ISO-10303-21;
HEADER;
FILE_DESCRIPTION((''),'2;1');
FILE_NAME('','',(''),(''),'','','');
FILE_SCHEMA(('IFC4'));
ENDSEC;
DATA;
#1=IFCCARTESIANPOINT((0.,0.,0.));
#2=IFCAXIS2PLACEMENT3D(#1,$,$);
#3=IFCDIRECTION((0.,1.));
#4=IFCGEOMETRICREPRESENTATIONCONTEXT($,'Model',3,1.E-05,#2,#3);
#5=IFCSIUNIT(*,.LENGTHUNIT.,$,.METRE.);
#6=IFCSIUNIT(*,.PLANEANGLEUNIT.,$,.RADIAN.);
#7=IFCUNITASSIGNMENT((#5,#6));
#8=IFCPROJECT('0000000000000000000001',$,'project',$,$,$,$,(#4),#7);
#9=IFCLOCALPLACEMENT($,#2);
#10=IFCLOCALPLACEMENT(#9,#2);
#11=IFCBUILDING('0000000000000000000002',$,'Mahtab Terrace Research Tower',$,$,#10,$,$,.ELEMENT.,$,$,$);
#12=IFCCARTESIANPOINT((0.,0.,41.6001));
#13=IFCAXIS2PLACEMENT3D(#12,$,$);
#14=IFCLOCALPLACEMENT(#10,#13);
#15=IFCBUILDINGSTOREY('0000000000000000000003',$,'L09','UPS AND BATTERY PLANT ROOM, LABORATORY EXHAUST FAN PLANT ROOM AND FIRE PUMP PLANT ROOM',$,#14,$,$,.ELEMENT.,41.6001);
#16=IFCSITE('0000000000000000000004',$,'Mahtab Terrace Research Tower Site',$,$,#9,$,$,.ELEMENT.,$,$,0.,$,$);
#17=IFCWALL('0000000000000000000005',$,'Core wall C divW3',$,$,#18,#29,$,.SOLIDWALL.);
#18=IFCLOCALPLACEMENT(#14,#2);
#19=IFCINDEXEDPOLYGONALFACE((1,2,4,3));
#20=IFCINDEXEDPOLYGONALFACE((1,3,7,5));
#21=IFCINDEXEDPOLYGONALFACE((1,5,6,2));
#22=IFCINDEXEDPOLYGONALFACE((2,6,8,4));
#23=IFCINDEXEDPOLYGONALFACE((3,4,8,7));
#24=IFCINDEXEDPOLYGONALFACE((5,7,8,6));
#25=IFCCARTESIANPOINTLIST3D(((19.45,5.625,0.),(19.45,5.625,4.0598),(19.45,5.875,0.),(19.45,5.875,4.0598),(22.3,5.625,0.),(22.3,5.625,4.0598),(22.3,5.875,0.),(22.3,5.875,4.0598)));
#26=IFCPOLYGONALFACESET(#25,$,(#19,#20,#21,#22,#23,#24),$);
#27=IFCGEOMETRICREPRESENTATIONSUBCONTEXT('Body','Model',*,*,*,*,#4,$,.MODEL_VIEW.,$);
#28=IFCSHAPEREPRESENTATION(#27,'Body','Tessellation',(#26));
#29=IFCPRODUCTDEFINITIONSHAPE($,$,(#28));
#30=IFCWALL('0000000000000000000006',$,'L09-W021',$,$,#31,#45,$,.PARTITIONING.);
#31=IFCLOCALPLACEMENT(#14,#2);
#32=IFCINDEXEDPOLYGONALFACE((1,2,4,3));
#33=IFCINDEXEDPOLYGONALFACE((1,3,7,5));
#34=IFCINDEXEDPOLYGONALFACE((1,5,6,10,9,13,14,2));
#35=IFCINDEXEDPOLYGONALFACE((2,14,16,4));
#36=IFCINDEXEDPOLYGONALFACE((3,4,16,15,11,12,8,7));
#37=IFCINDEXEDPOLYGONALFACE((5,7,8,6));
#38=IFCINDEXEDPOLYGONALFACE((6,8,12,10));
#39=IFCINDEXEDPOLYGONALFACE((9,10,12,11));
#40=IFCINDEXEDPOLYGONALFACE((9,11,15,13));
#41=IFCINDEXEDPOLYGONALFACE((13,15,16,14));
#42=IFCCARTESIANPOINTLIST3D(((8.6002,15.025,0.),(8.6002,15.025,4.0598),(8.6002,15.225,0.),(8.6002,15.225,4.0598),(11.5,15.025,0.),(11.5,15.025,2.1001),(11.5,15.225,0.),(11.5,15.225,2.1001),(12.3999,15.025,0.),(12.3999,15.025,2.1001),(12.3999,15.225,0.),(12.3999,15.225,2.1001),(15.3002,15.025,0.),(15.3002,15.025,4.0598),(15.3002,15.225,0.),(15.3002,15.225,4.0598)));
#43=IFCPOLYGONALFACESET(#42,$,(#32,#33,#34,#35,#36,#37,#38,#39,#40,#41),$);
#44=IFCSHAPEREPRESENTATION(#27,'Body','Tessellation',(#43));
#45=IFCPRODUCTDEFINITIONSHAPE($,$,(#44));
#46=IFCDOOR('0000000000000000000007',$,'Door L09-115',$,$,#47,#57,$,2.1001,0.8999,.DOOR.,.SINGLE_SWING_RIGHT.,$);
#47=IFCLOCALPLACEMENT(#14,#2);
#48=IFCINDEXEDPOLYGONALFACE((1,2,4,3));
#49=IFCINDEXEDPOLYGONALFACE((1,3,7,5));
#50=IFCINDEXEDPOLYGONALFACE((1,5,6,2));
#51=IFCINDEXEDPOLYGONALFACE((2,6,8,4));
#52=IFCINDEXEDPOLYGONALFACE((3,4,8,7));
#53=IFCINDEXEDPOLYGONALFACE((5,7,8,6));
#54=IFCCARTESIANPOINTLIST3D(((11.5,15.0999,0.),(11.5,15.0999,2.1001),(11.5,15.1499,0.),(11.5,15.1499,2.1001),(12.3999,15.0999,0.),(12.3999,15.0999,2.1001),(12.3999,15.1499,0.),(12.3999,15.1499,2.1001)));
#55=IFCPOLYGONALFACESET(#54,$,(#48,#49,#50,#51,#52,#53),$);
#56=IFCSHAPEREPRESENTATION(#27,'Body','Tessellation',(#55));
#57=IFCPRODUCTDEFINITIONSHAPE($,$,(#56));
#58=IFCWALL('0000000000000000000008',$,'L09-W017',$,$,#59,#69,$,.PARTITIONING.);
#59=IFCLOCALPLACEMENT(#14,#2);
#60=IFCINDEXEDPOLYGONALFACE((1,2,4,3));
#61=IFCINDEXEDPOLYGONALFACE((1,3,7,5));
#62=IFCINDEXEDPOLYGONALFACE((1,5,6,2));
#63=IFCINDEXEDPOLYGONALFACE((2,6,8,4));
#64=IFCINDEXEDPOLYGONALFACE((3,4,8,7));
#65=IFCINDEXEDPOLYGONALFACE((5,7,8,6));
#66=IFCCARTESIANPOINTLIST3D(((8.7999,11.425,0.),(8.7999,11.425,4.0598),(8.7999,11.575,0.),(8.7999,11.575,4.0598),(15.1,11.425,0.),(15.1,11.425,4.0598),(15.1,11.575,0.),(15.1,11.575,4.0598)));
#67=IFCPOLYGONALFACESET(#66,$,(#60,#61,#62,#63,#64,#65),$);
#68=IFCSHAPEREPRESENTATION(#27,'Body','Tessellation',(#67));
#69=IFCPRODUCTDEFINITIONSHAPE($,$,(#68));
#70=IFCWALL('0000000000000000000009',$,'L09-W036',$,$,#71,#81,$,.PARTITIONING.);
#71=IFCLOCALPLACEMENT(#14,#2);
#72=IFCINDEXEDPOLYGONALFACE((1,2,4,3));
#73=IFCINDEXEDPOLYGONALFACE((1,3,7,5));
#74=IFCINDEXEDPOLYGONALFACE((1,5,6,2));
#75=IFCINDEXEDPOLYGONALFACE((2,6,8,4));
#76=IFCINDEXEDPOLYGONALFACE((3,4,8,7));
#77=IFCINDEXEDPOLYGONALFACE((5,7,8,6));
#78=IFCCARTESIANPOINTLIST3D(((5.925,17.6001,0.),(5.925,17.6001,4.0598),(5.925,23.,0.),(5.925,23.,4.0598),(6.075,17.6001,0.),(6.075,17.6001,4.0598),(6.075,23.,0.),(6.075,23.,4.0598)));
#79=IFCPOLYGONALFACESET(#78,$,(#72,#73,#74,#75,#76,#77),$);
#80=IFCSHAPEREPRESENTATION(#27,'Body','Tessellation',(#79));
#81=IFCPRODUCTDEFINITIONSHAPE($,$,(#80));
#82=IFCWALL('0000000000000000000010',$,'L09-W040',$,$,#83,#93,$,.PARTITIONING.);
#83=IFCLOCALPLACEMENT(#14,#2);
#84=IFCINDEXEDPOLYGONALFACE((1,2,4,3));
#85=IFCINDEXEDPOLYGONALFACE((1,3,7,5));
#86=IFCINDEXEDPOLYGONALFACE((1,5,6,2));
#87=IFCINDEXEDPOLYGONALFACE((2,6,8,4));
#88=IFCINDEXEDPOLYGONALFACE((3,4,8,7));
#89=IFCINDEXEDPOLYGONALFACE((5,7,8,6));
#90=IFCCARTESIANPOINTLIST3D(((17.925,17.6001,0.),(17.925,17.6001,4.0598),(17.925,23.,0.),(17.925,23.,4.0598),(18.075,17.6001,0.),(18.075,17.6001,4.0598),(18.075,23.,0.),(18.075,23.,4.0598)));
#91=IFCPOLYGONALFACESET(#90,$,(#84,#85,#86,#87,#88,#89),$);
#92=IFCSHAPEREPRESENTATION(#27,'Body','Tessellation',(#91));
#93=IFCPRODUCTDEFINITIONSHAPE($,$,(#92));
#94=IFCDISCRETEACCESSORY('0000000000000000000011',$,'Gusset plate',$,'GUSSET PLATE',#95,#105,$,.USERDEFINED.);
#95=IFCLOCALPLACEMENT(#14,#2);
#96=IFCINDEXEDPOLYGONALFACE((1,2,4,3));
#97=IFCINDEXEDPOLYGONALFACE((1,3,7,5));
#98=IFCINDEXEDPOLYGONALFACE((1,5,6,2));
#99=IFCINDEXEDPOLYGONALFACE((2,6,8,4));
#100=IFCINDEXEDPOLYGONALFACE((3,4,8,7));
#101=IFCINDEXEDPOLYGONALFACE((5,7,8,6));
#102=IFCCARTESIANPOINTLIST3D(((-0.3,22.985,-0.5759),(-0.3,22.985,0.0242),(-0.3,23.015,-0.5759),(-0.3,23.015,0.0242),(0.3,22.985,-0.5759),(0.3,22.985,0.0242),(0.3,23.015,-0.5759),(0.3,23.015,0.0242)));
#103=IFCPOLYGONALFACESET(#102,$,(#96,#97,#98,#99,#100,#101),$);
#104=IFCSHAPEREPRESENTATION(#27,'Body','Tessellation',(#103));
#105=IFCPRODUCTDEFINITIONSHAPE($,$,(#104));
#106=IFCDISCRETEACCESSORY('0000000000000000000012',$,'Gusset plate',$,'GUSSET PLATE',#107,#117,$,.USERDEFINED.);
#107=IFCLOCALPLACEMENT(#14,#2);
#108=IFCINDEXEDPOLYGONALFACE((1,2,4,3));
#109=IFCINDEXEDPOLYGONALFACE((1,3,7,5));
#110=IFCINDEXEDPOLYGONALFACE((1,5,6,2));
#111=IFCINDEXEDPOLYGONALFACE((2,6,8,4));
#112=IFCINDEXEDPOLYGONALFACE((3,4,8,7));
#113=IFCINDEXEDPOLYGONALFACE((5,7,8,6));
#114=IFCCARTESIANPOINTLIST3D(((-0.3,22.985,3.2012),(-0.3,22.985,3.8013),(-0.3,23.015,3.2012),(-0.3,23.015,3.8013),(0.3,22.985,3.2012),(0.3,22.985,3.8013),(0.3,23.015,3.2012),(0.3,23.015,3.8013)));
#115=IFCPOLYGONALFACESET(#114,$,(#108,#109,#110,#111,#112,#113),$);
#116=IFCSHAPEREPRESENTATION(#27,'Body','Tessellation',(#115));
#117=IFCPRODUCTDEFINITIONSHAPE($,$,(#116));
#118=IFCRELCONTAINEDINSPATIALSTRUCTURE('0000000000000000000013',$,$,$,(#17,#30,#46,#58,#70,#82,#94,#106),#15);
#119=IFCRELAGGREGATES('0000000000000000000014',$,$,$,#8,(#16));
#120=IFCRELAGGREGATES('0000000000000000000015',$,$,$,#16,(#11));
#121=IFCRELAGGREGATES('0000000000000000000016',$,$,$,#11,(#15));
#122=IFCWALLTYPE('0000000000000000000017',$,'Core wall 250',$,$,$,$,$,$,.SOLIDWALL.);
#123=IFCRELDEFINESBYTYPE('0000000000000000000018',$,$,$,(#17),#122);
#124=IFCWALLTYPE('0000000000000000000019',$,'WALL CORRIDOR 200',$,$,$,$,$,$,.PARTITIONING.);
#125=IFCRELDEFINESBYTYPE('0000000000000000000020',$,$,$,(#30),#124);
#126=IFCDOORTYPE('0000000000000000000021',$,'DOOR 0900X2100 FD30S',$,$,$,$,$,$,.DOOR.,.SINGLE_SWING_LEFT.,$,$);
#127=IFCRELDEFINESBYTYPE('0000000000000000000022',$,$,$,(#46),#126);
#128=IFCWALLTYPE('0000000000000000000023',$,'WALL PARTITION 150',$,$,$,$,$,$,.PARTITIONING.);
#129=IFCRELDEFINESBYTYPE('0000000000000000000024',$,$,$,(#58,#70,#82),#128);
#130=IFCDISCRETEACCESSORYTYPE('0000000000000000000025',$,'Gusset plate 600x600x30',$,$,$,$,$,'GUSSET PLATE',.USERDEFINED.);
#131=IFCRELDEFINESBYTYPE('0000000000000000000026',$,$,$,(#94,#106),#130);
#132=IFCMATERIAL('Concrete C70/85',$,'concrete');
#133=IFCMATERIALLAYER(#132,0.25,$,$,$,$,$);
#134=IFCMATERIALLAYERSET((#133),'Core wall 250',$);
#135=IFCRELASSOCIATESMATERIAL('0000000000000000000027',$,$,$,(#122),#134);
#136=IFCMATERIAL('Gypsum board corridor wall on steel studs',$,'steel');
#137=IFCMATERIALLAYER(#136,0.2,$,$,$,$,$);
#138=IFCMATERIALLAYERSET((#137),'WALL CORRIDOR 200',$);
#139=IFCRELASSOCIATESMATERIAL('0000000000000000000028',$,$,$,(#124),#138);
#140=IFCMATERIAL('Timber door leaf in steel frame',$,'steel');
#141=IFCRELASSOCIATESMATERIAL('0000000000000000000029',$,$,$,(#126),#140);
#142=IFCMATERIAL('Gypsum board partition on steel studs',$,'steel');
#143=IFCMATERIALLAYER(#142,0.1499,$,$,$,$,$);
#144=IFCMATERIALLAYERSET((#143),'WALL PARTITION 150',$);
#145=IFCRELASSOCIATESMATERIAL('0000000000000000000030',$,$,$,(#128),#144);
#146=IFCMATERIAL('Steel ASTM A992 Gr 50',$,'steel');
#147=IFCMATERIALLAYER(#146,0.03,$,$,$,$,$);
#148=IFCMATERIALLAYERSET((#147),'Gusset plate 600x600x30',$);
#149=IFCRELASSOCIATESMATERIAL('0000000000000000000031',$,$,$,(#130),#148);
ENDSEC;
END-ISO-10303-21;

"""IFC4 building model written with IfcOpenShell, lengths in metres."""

from ifc_helpers import new_model, si_unit, direction, frame, frame_2d, origin, origin_2d, place, context, subcontext, project, spatial, rectangle, extrude, material, layer, layer_set, type_object, element, fill, save


model = new_model("IFC4")

# Units and contexts
model_context = context("Model", 3, precision=1e-05, world=origin(), true_north=direction((0.0, 1.0)))
body_context = subcontext(model_context, "Body", "Model", "MODEL_VIEW")
ifc_project = project(units=[si_unit("LENGTHUNIT", "METRE"), si_unit("PLANEANGLEUNIT", "RADIAN")], contexts=[model_context])

# Site, building, storey
site_placement = place(None, origin())
site = spatial("IfcSite", under=ifc_project, at=site_placement, Name="Mahtab Terrace Research Tower Site", CompositionType="ELEMENT", RefElevation=0.0)
building_placement = place(site_placement, origin())
building = spatial("IfcBuilding", under=site, at=building_placement, Name="Mahtab Terrace Research Tower", CompositionType="ELEMENT")
storey_placement = place(building_placement, frame((0.0, 0.0, 41.6001)))
storey = spatial("IfcBuildingStorey", under=building, at=storey_placement, Name="L09", Description="UPS AND BATTERY PLANT ROOM, LABORATORY EXHAUST FAN PLANT ROOM AND FIRE PUMP PLANT ROOM", CompositionType="ELEMENT", Elevation=41.6001)

# Shared definitions
ifc_material_1 = material(Name="Concrete C70/85", Category="concrete")
ifc_material_2 = material(Name="Steel ASTM A992 Gr 50", Category="steel")

# Shared definitions
ifc_layer_1 = layer(ifc_material_1, 0.25)
ifc_layer_set_1 = layer_set([ifc_layer_1], Name="Core wall 250")
wall_type_1 = type_object("IfcWallType", Name="Core wall 250", PredefinedType="SOLIDWALL", material=ifc_layer_set_1)

# Wall
for number, where, z_axis, x_axis, name in (
    (1, (19.45, 5.75, 0.0), (0.0, 0.0, 1.0), (1.0, 0.0, 0.0), "Core wall C divW3"),
):
    element("IfcWall", number, at=place(storey_placement, frame(where, z_axis=z_axis, x_axis=x_axis)), inside=storey, type_object=wall_type_1, Name=name, PredefinedType="SOLIDWALL", context=body_context, shape_type="SweptSolid", body=[
        extrude(rectangle(XDim=2.8501, YDim=0.25, at=frame_2d((1.425, 0.0))), origin(), (0.0, 0.0, 1.0), 4.0598),
    ])

# Wall, opening, door
ifc_material_3 = material(Name="Gypsum board corridor wall on steel studs", Category="steel")
ifc_layer_2 = layer(ifc_material_3, 0.2)
ifc_layer_set_2 = layer_set([ifc_layer_2], Name="WALL CORRIDOR 200")
wall_type_2 = type_object("IfcWallType", Name="WALL CORRIDOR 200", PredefinedType="PARTITIONING", material=ifc_layer_set_2)
wall_1_placement = place(storey_placement, frame((8.6001, 15.125, 0.0), z_axis=(0.0, 0.0, 1.0), x_axis=(1.0, 0.0, 0.0)))
wall_1 = element("IfcWall", 2, at=wall_1_placement, inside=storey, type_object=wall_type_2, Name="L09-W021", PredefinedType="PARTITIONING", context=body_context, shape_type="SweptSolid", body=[
    extrude(rectangle(XDim=6.7, YDim=0.2, at=frame_2d((3.3501, 0.0))), origin(), (0.0, 0.0, 1.0), 4.0598),
])
opening_1_placement = place(wall_1_placement, frame((2.8999, 0.0, 0.0)))
opening_1 = element("IfcOpeningElement", 3, at=opening_1_placement, cuts=wall_1, PredefinedType="OPENING", context=body_context, shape_type="SweptSolid", body=[
    extrude(rectangle(XDim=0.8999, YDim=2.1001, at=frame_2d((0.45, 1.05))), frame((0.0, 0.1099, 0.0), z_axis=(0.0, -1.0, 0.0), x_axis=(1.0, 0.0, 0.0)), (0.0, 0.0, 1.0), 0.22),
])
ifc_material_4 = material(Name="Timber door leaf in steel frame", Category="steel")
door_type_1 = type_object("IfcDoorType", Name="DOOR 0900X2100 FD30S", OperationType="SINGLE_SWING_LEFT", PredefinedType="DOOR", material=ifc_material_4)
door_1_placement = place(opening_1_placement, origin())
door_1 = element("IfcDoor", 4, at=door_1_placement, inside=storey, type_object=door_type_1, Name="Door L09-115", OperationType="SINGLE_SWING_RIGHT", OverallHeight=2.1001, OverallWidth=0.8999, PredefinedType="DOOR", context=body_context, shape_type="SweptSolid", body=[
    extrude(rectangle(XDim=0.8999, YDim=2.1001, at=frame_2d((0.45, 1.05))), frame((0.0, 0.0249, 0.0), z_axis=(0.0, -1.0, 0.0), x_axis=(1.0, 0.0, 0.0)), (0.0, 0.0, 1.0), 0.05),
])
fill(opening_1, door_1)

# Walls
ifc_material_5 = material(Name="Gypsum board partition on steel studs", Category="steel")
ifc_layer_3 = layer(ifc_material_5, 0.1499)
ifc_layer_set_3 = layer_set([ifc_layer_3], Name="WALL PARTITION 150")
wall_type_3 = type_object("IfcWallType", Name="WALL PARTITION 150", PredefinedType="PARTITIONING", material=ifc_layer_set_3)
wall_2_placement = place(storey_placement, frame((8.8, 11.5, 0.0), z_axis=(0.0, 0.0, 1.0), x_axis=(1.0, 0.0, 0.0)))
element("IfcWall", 5, at=wall_2_placement, inside=storey, type_object=wall_type_3, Name="L09-W017", PredefinedType="PARTITIONING", context=body_context, shape_type="SweptSolid", body=[
    extrude(rectangle(XDim=6.3, YDim=0.1499, at=frame_2d((3.1499, 0.0))), origin(), (0.0, 0.0, 1.0), 4.0598),
])
for number, where, z_axis, x_axis, name in (
    (6, (6.0, 17.6001, 0.0), (0.0, 0.0, 1.0), (0.0, 1.0, 0.0), "L09-W036"),
    (7, (18.0, 17.6001, 0.0), (0.0, 0.0, 1.0), (0.0, 1.0, 0.0), "L09-W040"),
):
    element("IfcWall", number, at=place(storey_placement, frame(where, z_axis=z_axis, x_axis=x_axis)), inside=storey, type_object=wall_type_3, Name=name, PredefinedType="PARTITIONING", context=body_context, shape_type="SweptSolid", body=[
        extrude(rectangle(XDim=5.3999, YDim=0.1499, at=frame_2d((2.7, 0.0))), origin(), (0.0, 0.0, 1.0), 4.0598),
    ])

# Discrete accessories
ifc_layer_4 = layer(ifc_material_2, 0.03)
ifc_layer_set_4 = layer_set([ifc_layer_4], Name="Gusset plate 600x600x30")
discrete_accessory_type = type_object("IfcDiscreteAccessoryType", Name="Gusset plate 600x600x30", ElementType="GUSSET PLATE", PredefinedType="USERDEFINED", material=ifc_layer_set_4)
for number, where, z_axis, x_axis, name in (
    (8, (0.0, 23.0, -0.5759), (0.0, 0.0, 1.0), (1.0, 0.0, 0.0), "Gusset plate"),
    (9, (0.0, 23.0, 3.2012), (0.0, 0.0, 1.0), (1.0, 0.0, 0.0), "Gusset plate"),
):
    element("IfcDiscreteAccessory", number, at=place(storey_placement, frame(where, z_axis=z_axis, x_axis=x_axis)), inside=storey, type_object=discrete_accessory_type, Name=name, ObjectType="GUSSET PLATE", PredefinedType="USERDEFINED", context=body_context, shape_type="SweptSolid", body=[
        extrude(rectangle(XDim=0.6001, YDim=0.03, at=origin_2d()), origin(), (0.0, 0.0, 1.0), 0.6001),
    ])

save(model, "model.ifc")
